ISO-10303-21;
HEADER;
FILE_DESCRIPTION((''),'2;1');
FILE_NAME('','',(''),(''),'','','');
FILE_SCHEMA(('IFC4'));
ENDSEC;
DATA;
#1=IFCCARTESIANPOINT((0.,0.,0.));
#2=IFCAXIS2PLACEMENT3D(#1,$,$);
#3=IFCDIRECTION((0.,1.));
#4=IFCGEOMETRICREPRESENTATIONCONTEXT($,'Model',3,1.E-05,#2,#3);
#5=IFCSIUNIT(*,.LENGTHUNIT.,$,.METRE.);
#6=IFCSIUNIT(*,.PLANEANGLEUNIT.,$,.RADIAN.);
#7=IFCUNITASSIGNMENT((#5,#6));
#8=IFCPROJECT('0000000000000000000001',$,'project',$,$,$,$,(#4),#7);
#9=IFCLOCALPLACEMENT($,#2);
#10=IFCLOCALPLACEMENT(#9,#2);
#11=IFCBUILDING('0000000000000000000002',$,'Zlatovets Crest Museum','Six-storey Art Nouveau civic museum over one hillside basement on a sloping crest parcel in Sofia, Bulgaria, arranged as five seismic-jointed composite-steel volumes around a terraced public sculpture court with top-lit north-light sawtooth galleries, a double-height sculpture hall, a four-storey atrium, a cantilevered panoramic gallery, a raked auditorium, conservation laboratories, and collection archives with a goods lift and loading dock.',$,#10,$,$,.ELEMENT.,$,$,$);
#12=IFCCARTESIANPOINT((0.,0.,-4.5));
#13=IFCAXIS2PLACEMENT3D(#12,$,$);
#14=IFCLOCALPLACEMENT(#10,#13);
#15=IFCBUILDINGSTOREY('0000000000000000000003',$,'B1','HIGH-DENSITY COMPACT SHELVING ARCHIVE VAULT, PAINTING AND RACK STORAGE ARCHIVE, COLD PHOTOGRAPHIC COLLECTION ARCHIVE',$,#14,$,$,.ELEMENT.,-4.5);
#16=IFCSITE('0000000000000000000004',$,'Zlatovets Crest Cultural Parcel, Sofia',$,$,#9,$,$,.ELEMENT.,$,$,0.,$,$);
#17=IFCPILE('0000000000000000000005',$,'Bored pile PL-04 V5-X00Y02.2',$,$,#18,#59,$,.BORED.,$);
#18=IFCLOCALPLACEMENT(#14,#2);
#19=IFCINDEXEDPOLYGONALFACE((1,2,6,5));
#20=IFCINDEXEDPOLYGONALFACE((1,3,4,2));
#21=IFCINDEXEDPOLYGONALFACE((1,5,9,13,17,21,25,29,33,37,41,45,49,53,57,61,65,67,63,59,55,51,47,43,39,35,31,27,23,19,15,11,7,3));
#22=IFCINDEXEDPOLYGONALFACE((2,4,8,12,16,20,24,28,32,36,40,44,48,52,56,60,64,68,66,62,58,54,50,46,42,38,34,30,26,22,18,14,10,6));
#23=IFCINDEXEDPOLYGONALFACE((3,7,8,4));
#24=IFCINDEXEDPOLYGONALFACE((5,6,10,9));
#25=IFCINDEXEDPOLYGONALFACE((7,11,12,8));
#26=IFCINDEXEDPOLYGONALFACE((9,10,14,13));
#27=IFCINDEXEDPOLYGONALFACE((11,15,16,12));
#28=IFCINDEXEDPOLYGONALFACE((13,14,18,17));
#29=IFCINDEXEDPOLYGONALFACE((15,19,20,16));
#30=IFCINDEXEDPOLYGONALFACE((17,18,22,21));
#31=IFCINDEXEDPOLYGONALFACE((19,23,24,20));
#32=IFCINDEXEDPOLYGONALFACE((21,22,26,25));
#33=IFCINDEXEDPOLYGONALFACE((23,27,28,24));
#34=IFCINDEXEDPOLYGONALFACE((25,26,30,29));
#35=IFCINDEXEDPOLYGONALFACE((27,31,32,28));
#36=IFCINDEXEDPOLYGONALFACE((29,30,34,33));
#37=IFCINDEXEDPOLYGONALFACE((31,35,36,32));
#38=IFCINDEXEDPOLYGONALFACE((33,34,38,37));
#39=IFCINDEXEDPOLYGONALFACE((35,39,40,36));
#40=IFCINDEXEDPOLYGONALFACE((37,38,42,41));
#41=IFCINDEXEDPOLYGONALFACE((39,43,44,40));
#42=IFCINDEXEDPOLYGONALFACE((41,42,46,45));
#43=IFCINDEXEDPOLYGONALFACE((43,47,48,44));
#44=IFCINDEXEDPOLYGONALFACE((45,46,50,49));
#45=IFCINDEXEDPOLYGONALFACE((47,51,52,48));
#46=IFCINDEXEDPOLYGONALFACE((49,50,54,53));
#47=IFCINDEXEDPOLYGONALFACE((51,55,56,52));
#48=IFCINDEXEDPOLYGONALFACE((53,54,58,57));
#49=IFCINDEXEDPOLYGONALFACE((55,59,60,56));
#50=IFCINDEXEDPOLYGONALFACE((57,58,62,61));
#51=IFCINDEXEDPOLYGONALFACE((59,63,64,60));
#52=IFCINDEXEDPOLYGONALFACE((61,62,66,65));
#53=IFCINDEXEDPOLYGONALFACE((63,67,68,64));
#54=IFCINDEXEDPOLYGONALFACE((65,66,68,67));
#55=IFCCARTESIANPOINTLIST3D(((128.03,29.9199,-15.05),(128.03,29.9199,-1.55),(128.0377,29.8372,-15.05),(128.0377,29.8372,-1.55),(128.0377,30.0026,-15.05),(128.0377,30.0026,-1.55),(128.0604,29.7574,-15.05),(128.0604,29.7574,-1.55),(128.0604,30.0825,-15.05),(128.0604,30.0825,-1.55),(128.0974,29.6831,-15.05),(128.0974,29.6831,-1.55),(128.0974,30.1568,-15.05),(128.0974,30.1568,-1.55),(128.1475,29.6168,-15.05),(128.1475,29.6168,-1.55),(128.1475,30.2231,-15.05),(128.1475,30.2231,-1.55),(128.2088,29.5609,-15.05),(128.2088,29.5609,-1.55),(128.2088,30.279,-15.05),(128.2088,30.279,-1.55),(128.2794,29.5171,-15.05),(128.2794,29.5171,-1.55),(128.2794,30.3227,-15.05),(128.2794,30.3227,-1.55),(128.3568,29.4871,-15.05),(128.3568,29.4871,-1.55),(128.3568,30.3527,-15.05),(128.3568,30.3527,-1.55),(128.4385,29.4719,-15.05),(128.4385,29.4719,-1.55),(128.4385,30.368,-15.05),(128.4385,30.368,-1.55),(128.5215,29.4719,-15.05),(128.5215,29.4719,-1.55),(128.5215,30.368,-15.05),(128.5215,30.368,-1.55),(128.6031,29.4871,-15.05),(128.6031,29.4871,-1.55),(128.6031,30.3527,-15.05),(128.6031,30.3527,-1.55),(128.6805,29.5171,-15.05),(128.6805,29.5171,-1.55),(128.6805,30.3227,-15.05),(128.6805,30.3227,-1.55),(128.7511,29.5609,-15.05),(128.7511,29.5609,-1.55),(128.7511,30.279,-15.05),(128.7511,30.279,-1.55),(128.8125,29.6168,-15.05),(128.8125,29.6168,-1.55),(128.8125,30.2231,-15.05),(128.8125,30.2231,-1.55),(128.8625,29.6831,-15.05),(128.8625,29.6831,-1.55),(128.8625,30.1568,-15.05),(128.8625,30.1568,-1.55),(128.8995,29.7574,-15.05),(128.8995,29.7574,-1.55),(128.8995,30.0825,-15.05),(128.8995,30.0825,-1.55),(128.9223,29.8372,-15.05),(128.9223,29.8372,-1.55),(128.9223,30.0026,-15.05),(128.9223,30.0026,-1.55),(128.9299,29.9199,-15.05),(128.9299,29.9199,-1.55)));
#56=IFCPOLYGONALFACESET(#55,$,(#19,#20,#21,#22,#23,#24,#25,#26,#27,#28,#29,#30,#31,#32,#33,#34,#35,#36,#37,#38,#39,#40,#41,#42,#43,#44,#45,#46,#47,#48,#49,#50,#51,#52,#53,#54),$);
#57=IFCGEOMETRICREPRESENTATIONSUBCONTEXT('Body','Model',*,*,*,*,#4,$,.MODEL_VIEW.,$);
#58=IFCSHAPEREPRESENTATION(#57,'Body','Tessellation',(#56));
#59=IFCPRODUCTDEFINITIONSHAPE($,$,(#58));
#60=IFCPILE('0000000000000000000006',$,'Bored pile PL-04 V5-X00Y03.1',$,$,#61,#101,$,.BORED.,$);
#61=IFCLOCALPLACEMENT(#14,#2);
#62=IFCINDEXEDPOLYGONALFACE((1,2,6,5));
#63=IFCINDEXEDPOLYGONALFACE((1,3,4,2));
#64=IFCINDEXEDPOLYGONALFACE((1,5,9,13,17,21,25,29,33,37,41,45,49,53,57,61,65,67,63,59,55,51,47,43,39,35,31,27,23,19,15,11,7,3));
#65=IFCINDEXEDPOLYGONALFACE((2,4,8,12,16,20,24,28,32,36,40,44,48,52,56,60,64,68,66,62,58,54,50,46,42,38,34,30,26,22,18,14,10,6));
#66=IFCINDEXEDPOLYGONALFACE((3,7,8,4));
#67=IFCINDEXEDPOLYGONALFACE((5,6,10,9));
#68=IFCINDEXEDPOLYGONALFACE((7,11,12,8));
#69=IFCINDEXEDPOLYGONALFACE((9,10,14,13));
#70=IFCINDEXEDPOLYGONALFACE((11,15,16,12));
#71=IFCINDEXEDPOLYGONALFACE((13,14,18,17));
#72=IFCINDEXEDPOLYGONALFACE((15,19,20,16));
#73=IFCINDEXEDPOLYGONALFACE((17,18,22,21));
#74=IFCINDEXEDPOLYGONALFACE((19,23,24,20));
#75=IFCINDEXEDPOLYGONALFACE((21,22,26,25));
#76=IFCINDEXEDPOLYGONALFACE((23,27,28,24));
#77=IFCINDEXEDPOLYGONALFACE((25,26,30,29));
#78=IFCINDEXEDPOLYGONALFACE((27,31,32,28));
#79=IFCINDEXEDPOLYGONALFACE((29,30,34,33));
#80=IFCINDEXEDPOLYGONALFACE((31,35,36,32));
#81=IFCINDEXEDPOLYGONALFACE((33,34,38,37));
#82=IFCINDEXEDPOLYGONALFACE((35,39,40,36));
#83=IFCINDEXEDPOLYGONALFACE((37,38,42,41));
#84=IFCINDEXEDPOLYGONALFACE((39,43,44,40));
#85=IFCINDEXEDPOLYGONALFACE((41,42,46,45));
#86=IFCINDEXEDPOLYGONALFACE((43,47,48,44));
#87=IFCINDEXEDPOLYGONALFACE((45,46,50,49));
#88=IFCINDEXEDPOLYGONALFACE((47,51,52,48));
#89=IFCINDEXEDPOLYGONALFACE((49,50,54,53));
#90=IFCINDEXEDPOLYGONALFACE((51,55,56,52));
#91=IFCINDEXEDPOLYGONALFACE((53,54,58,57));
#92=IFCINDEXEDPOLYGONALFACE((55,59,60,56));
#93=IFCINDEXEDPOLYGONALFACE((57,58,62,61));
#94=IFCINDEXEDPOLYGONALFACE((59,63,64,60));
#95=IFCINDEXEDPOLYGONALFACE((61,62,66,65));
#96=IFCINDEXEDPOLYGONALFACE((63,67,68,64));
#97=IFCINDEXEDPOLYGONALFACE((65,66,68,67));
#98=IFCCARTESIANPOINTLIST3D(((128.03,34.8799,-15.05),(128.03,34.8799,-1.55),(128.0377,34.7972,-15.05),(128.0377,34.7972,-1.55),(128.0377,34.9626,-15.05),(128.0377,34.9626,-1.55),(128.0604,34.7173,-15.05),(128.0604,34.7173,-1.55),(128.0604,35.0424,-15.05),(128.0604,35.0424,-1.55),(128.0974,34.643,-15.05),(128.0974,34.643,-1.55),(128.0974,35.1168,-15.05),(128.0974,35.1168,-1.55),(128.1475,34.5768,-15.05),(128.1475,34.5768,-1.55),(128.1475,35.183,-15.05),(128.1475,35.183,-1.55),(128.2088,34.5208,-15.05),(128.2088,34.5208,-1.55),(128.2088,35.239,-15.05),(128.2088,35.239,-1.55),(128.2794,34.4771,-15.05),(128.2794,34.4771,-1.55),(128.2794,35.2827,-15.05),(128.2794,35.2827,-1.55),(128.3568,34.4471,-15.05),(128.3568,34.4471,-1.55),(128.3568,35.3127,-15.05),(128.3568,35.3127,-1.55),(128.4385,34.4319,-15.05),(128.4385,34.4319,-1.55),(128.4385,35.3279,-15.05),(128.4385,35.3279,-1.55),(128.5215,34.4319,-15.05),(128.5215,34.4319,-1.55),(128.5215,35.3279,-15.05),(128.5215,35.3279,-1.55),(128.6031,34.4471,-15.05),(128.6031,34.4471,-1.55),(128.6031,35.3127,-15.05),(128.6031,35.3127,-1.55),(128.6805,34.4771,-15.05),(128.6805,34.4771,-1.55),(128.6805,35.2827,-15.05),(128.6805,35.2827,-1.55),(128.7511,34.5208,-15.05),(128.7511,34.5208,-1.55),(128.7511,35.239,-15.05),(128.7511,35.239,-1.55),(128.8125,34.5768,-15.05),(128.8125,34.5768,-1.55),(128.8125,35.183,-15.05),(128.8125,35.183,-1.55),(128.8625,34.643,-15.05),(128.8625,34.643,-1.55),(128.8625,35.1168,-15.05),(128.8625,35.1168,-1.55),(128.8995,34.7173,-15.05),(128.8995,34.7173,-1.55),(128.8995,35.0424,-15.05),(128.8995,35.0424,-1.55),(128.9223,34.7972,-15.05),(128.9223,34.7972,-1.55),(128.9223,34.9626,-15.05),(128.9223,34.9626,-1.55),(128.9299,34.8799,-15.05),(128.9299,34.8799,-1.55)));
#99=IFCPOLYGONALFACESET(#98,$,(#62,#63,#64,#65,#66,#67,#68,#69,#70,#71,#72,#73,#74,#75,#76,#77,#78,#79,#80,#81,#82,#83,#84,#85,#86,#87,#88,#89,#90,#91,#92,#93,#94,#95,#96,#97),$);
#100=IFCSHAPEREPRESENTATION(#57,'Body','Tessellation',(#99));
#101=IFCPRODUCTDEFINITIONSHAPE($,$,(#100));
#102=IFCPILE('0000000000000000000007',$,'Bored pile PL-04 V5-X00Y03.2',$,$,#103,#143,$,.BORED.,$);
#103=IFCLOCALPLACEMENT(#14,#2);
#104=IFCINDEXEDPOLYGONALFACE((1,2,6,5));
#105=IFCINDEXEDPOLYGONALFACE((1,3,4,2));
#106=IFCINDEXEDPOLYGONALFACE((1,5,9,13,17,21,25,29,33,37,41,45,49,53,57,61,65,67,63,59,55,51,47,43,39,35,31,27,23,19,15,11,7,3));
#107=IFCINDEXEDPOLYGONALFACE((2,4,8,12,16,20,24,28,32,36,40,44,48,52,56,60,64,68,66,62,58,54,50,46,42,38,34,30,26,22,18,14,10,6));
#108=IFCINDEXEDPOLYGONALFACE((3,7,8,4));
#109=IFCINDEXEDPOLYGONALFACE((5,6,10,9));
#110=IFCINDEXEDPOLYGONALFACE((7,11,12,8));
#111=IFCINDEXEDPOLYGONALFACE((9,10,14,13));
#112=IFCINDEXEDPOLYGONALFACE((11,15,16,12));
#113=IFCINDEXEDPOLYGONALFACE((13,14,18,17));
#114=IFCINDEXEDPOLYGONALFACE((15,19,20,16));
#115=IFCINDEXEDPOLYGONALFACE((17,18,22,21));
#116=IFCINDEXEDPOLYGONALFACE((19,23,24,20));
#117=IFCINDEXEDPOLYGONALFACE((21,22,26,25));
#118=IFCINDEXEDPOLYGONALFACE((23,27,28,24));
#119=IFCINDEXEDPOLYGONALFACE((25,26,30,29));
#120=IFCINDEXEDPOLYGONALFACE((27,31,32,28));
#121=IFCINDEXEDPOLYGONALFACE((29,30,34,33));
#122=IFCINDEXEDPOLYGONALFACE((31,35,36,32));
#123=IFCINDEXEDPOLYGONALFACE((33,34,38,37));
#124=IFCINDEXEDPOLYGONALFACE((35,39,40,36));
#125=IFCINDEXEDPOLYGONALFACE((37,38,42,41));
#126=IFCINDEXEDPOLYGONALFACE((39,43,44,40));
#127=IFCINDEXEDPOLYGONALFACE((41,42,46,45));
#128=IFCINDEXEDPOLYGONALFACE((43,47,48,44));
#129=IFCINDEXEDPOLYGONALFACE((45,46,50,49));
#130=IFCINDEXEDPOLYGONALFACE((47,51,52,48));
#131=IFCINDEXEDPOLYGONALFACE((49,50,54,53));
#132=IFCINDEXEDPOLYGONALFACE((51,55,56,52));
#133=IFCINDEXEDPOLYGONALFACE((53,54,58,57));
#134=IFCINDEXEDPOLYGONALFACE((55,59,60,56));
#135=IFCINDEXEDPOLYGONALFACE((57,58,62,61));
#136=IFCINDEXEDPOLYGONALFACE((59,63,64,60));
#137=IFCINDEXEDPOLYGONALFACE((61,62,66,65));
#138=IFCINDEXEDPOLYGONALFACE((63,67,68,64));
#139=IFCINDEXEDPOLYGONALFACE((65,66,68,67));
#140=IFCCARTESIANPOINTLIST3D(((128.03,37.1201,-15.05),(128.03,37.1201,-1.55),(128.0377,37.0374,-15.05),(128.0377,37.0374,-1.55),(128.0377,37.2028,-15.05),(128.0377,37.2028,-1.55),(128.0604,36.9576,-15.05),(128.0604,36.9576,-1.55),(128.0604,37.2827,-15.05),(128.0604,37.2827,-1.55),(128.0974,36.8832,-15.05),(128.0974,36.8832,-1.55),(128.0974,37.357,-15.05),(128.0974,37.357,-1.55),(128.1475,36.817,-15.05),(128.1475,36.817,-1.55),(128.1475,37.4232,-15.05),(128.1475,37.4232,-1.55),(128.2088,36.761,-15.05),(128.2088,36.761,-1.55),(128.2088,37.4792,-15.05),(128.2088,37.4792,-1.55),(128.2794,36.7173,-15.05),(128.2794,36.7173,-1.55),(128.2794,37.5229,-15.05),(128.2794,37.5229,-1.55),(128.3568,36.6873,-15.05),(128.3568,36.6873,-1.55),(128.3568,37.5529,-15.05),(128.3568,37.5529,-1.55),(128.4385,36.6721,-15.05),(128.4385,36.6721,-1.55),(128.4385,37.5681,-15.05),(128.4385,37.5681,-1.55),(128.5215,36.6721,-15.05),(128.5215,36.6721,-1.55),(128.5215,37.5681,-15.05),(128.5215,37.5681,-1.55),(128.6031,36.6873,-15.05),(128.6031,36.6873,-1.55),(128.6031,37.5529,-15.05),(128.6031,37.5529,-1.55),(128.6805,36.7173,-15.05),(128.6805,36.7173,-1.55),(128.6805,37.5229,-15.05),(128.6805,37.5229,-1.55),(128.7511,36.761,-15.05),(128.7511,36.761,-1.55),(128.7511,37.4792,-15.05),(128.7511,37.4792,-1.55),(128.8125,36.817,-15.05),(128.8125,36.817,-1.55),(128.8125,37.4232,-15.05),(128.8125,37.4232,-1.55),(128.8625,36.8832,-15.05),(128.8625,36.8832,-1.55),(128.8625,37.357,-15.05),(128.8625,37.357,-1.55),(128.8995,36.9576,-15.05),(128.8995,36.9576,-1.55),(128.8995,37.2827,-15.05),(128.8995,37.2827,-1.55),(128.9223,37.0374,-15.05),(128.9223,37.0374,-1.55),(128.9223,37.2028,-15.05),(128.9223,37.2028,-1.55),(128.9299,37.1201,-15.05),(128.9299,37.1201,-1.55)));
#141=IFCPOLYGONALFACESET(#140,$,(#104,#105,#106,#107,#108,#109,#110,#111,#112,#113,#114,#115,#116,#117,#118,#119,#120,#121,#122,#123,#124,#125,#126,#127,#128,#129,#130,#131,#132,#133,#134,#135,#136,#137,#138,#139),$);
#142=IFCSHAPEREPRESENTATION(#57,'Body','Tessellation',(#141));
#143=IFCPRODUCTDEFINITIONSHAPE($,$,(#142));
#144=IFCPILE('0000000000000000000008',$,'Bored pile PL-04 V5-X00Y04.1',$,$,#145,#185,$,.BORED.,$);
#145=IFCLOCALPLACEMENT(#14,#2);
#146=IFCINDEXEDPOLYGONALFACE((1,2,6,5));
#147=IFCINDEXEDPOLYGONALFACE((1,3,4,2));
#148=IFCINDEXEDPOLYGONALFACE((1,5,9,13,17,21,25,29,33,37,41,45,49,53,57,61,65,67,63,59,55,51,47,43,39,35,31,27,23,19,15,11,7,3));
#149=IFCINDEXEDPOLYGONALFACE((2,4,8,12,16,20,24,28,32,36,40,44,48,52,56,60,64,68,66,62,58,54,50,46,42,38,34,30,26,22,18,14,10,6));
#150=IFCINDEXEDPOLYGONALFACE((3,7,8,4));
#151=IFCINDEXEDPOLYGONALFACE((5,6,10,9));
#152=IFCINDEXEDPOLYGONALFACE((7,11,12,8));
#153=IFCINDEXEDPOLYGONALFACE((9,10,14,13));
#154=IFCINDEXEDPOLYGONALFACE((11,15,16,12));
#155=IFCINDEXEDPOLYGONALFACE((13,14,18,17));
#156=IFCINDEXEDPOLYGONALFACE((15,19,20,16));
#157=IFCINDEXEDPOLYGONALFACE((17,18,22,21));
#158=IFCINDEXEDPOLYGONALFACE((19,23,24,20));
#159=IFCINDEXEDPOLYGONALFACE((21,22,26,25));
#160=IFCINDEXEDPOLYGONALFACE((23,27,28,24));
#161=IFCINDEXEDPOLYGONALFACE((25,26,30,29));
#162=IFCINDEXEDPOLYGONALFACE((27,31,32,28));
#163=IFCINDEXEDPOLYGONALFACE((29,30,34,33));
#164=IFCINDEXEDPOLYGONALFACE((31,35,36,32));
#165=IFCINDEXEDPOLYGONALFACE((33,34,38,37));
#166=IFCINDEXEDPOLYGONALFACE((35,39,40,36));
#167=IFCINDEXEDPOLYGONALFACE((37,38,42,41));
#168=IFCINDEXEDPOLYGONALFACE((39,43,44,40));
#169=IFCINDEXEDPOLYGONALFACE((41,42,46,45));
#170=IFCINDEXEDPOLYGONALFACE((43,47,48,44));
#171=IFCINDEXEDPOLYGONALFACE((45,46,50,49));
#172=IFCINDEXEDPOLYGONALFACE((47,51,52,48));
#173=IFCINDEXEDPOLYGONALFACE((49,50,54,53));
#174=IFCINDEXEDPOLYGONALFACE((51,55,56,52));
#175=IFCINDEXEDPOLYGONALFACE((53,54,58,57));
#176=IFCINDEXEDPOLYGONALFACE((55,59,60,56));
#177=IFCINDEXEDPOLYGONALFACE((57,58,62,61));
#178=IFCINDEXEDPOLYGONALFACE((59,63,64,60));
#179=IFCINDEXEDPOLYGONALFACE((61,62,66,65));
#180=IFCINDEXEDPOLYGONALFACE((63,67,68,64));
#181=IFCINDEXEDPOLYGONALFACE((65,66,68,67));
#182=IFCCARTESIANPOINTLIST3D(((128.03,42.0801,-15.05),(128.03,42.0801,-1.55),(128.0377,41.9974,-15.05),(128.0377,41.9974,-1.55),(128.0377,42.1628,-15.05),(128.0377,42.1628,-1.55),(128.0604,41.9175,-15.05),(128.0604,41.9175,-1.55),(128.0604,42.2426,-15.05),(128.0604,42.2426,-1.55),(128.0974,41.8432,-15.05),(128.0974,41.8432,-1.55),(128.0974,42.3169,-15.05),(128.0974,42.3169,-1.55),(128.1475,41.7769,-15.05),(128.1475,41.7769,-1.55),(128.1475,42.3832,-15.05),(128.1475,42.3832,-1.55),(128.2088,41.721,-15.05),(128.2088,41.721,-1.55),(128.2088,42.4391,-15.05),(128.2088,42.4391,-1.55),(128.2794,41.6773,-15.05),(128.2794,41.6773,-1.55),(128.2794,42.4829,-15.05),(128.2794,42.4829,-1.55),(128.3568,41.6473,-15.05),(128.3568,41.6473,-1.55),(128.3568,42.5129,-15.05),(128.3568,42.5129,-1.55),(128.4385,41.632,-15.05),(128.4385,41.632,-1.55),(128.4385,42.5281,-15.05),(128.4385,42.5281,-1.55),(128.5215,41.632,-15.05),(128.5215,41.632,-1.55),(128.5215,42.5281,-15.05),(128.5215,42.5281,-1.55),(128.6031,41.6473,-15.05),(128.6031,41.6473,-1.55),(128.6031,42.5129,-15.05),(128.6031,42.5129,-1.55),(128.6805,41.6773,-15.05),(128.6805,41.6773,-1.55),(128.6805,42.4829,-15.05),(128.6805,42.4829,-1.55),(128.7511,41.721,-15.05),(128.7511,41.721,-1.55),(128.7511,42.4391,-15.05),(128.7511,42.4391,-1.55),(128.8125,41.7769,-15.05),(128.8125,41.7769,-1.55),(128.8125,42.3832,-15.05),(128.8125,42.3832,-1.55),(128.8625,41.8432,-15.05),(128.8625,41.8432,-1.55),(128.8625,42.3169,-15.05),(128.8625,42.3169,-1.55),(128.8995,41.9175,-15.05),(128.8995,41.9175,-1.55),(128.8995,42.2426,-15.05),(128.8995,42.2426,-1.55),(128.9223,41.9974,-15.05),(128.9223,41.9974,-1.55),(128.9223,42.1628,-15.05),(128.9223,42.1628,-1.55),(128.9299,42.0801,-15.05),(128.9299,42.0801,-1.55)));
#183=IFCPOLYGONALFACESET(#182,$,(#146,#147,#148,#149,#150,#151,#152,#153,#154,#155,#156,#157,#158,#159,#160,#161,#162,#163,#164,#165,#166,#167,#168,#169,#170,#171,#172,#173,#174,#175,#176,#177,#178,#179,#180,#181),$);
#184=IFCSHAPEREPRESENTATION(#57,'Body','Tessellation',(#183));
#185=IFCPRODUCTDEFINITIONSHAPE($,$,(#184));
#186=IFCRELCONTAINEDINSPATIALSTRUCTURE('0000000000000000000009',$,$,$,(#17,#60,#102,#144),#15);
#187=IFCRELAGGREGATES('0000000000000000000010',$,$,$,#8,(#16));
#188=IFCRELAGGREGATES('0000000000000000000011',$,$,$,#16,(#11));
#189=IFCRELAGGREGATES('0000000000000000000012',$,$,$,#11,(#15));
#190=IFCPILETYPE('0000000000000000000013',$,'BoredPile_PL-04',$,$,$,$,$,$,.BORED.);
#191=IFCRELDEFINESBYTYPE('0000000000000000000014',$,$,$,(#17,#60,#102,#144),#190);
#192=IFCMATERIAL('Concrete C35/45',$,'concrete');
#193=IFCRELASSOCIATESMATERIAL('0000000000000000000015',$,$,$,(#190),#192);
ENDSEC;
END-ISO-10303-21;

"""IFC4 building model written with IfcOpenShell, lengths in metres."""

from ifc_helpers import new_model, si_unit, direction, frame, origin, origin_2d, place, context, subcontext, project, spatial, circle, extrude, material, material_profile, profile_set, type_object, element, save


model = new_model("IFC4")

# Units and contexts
model_context = context("Model", 3, precision=1e-05, world=origin(), true_north=direction((0.0, 1.0)))
body_context = subcontext(model_context, "Body", "Model", "MODEL_VIEW")
ifc_project = project(units=[si_unit("LENGTHUNIT", "METRE"), si_unit("PLANEANGLEUNIT", "RADIAN")], contexts=[model_context])

# Site, building, storey
site_placement = place(None, origin())
site = spatial("IfcSite", under=ifc_project, at=site_placement, Name="Zlatovets Crest Cultural Parcel, Sofia", CompositionType="ELEMENT", RefElevation=0.0)
building_placement = place(site_placement, origin())
building = spatial("IfcBuilding", under=site, at=building_placement, Name="Zlatovets Crest Museum", Description="Six-storey Art Nouveau civic museum over one hillside basement on a sloping crest parcel in Sofia, Bulgaria, arranged as five seismic-jointed composite-steel volumes around a terraced public sculpture court with top-lit north-light sawtooth galleries, a double-height sculpture hall, a four-storey atrium, a cantilevered panoramic gallery, a raked auditorium, conservation laboratories, and collection archives with a goods lift and loading dock.", CompositionType="ELEMENT")
storey_placement = place(building_placement, frame((0.0, 0.0, -4.5)))
storey = spatial("IfcBuildingStorey", under=building, at=storey_placement, Name="B1", Description="HIGH-DENSITY COMPACT SHELVING ARCHIVE VAULT, PAINTING AND RACK STORAGE ARCHIVE, COLD PHOTOGRAPHIC COLLECTION ARCHIVE", CompositionType="ELEMENT", Elevation=-4.5)

# Piles
ifc_material_1 = material(Name="Concrete C35/45", Category="concrete")
ifc_material_profile_1 = material_profile(ifc_material_1, circle(Radius=0.45, at=origin_2d()), Name="PILE D900")
ifc_profile_set_1 = profile_set([ifc_material_profile_1], Name="Concrete C35/45")
pile_type_1 = type_object("IfcPileType", Name="BoredPile_PL-04", PredefinedType="BORED", material=ifc_profile_set_1)
for number, where, z_axis, x_axis, name in (
    (1, (128.48, 29.9199, -1.55), (0.0, 0.0, -1.0), (1.0, 0.0, 0.0), "Bored pile PL-04 V5-X00Y02.2"),
    (2, (128.48, 34.8799, -1.55), (0.0, 0.0, -1.0), (1.0, 0.0, 0.0), "Bored pile PL-04 V5-X00Y03.1"),
    (3, (128.48, 37.1201, -1.55), (0.0, 0.0, -1.0), (1.0, 0.0, 0.0), "Bored pile PL-04 V5-X00Y03.2"),
    (4, (128.48, 42.0801, -1.55), (0.0, 0.0, -1.0), (1.0, 0.0, 0.0), "Bored pile PL-04 V5-X00Y04.1"),
):
    element("IfcPile", number, at=place(storey_placement, frame(where, z_axis=z_axis, x_axis=x_axis)), inside=storey, type_object=pile_type_1, Name=name, PredefinedType="BORED", context=body_context, shape_type="SweptSolid", body=[
        extrude(circle(Radius=0.45, at=origin_2d()), origin(), (0.0, 0.0, 1.0), 13.5),
    ])

save(model, "model.ifc")
